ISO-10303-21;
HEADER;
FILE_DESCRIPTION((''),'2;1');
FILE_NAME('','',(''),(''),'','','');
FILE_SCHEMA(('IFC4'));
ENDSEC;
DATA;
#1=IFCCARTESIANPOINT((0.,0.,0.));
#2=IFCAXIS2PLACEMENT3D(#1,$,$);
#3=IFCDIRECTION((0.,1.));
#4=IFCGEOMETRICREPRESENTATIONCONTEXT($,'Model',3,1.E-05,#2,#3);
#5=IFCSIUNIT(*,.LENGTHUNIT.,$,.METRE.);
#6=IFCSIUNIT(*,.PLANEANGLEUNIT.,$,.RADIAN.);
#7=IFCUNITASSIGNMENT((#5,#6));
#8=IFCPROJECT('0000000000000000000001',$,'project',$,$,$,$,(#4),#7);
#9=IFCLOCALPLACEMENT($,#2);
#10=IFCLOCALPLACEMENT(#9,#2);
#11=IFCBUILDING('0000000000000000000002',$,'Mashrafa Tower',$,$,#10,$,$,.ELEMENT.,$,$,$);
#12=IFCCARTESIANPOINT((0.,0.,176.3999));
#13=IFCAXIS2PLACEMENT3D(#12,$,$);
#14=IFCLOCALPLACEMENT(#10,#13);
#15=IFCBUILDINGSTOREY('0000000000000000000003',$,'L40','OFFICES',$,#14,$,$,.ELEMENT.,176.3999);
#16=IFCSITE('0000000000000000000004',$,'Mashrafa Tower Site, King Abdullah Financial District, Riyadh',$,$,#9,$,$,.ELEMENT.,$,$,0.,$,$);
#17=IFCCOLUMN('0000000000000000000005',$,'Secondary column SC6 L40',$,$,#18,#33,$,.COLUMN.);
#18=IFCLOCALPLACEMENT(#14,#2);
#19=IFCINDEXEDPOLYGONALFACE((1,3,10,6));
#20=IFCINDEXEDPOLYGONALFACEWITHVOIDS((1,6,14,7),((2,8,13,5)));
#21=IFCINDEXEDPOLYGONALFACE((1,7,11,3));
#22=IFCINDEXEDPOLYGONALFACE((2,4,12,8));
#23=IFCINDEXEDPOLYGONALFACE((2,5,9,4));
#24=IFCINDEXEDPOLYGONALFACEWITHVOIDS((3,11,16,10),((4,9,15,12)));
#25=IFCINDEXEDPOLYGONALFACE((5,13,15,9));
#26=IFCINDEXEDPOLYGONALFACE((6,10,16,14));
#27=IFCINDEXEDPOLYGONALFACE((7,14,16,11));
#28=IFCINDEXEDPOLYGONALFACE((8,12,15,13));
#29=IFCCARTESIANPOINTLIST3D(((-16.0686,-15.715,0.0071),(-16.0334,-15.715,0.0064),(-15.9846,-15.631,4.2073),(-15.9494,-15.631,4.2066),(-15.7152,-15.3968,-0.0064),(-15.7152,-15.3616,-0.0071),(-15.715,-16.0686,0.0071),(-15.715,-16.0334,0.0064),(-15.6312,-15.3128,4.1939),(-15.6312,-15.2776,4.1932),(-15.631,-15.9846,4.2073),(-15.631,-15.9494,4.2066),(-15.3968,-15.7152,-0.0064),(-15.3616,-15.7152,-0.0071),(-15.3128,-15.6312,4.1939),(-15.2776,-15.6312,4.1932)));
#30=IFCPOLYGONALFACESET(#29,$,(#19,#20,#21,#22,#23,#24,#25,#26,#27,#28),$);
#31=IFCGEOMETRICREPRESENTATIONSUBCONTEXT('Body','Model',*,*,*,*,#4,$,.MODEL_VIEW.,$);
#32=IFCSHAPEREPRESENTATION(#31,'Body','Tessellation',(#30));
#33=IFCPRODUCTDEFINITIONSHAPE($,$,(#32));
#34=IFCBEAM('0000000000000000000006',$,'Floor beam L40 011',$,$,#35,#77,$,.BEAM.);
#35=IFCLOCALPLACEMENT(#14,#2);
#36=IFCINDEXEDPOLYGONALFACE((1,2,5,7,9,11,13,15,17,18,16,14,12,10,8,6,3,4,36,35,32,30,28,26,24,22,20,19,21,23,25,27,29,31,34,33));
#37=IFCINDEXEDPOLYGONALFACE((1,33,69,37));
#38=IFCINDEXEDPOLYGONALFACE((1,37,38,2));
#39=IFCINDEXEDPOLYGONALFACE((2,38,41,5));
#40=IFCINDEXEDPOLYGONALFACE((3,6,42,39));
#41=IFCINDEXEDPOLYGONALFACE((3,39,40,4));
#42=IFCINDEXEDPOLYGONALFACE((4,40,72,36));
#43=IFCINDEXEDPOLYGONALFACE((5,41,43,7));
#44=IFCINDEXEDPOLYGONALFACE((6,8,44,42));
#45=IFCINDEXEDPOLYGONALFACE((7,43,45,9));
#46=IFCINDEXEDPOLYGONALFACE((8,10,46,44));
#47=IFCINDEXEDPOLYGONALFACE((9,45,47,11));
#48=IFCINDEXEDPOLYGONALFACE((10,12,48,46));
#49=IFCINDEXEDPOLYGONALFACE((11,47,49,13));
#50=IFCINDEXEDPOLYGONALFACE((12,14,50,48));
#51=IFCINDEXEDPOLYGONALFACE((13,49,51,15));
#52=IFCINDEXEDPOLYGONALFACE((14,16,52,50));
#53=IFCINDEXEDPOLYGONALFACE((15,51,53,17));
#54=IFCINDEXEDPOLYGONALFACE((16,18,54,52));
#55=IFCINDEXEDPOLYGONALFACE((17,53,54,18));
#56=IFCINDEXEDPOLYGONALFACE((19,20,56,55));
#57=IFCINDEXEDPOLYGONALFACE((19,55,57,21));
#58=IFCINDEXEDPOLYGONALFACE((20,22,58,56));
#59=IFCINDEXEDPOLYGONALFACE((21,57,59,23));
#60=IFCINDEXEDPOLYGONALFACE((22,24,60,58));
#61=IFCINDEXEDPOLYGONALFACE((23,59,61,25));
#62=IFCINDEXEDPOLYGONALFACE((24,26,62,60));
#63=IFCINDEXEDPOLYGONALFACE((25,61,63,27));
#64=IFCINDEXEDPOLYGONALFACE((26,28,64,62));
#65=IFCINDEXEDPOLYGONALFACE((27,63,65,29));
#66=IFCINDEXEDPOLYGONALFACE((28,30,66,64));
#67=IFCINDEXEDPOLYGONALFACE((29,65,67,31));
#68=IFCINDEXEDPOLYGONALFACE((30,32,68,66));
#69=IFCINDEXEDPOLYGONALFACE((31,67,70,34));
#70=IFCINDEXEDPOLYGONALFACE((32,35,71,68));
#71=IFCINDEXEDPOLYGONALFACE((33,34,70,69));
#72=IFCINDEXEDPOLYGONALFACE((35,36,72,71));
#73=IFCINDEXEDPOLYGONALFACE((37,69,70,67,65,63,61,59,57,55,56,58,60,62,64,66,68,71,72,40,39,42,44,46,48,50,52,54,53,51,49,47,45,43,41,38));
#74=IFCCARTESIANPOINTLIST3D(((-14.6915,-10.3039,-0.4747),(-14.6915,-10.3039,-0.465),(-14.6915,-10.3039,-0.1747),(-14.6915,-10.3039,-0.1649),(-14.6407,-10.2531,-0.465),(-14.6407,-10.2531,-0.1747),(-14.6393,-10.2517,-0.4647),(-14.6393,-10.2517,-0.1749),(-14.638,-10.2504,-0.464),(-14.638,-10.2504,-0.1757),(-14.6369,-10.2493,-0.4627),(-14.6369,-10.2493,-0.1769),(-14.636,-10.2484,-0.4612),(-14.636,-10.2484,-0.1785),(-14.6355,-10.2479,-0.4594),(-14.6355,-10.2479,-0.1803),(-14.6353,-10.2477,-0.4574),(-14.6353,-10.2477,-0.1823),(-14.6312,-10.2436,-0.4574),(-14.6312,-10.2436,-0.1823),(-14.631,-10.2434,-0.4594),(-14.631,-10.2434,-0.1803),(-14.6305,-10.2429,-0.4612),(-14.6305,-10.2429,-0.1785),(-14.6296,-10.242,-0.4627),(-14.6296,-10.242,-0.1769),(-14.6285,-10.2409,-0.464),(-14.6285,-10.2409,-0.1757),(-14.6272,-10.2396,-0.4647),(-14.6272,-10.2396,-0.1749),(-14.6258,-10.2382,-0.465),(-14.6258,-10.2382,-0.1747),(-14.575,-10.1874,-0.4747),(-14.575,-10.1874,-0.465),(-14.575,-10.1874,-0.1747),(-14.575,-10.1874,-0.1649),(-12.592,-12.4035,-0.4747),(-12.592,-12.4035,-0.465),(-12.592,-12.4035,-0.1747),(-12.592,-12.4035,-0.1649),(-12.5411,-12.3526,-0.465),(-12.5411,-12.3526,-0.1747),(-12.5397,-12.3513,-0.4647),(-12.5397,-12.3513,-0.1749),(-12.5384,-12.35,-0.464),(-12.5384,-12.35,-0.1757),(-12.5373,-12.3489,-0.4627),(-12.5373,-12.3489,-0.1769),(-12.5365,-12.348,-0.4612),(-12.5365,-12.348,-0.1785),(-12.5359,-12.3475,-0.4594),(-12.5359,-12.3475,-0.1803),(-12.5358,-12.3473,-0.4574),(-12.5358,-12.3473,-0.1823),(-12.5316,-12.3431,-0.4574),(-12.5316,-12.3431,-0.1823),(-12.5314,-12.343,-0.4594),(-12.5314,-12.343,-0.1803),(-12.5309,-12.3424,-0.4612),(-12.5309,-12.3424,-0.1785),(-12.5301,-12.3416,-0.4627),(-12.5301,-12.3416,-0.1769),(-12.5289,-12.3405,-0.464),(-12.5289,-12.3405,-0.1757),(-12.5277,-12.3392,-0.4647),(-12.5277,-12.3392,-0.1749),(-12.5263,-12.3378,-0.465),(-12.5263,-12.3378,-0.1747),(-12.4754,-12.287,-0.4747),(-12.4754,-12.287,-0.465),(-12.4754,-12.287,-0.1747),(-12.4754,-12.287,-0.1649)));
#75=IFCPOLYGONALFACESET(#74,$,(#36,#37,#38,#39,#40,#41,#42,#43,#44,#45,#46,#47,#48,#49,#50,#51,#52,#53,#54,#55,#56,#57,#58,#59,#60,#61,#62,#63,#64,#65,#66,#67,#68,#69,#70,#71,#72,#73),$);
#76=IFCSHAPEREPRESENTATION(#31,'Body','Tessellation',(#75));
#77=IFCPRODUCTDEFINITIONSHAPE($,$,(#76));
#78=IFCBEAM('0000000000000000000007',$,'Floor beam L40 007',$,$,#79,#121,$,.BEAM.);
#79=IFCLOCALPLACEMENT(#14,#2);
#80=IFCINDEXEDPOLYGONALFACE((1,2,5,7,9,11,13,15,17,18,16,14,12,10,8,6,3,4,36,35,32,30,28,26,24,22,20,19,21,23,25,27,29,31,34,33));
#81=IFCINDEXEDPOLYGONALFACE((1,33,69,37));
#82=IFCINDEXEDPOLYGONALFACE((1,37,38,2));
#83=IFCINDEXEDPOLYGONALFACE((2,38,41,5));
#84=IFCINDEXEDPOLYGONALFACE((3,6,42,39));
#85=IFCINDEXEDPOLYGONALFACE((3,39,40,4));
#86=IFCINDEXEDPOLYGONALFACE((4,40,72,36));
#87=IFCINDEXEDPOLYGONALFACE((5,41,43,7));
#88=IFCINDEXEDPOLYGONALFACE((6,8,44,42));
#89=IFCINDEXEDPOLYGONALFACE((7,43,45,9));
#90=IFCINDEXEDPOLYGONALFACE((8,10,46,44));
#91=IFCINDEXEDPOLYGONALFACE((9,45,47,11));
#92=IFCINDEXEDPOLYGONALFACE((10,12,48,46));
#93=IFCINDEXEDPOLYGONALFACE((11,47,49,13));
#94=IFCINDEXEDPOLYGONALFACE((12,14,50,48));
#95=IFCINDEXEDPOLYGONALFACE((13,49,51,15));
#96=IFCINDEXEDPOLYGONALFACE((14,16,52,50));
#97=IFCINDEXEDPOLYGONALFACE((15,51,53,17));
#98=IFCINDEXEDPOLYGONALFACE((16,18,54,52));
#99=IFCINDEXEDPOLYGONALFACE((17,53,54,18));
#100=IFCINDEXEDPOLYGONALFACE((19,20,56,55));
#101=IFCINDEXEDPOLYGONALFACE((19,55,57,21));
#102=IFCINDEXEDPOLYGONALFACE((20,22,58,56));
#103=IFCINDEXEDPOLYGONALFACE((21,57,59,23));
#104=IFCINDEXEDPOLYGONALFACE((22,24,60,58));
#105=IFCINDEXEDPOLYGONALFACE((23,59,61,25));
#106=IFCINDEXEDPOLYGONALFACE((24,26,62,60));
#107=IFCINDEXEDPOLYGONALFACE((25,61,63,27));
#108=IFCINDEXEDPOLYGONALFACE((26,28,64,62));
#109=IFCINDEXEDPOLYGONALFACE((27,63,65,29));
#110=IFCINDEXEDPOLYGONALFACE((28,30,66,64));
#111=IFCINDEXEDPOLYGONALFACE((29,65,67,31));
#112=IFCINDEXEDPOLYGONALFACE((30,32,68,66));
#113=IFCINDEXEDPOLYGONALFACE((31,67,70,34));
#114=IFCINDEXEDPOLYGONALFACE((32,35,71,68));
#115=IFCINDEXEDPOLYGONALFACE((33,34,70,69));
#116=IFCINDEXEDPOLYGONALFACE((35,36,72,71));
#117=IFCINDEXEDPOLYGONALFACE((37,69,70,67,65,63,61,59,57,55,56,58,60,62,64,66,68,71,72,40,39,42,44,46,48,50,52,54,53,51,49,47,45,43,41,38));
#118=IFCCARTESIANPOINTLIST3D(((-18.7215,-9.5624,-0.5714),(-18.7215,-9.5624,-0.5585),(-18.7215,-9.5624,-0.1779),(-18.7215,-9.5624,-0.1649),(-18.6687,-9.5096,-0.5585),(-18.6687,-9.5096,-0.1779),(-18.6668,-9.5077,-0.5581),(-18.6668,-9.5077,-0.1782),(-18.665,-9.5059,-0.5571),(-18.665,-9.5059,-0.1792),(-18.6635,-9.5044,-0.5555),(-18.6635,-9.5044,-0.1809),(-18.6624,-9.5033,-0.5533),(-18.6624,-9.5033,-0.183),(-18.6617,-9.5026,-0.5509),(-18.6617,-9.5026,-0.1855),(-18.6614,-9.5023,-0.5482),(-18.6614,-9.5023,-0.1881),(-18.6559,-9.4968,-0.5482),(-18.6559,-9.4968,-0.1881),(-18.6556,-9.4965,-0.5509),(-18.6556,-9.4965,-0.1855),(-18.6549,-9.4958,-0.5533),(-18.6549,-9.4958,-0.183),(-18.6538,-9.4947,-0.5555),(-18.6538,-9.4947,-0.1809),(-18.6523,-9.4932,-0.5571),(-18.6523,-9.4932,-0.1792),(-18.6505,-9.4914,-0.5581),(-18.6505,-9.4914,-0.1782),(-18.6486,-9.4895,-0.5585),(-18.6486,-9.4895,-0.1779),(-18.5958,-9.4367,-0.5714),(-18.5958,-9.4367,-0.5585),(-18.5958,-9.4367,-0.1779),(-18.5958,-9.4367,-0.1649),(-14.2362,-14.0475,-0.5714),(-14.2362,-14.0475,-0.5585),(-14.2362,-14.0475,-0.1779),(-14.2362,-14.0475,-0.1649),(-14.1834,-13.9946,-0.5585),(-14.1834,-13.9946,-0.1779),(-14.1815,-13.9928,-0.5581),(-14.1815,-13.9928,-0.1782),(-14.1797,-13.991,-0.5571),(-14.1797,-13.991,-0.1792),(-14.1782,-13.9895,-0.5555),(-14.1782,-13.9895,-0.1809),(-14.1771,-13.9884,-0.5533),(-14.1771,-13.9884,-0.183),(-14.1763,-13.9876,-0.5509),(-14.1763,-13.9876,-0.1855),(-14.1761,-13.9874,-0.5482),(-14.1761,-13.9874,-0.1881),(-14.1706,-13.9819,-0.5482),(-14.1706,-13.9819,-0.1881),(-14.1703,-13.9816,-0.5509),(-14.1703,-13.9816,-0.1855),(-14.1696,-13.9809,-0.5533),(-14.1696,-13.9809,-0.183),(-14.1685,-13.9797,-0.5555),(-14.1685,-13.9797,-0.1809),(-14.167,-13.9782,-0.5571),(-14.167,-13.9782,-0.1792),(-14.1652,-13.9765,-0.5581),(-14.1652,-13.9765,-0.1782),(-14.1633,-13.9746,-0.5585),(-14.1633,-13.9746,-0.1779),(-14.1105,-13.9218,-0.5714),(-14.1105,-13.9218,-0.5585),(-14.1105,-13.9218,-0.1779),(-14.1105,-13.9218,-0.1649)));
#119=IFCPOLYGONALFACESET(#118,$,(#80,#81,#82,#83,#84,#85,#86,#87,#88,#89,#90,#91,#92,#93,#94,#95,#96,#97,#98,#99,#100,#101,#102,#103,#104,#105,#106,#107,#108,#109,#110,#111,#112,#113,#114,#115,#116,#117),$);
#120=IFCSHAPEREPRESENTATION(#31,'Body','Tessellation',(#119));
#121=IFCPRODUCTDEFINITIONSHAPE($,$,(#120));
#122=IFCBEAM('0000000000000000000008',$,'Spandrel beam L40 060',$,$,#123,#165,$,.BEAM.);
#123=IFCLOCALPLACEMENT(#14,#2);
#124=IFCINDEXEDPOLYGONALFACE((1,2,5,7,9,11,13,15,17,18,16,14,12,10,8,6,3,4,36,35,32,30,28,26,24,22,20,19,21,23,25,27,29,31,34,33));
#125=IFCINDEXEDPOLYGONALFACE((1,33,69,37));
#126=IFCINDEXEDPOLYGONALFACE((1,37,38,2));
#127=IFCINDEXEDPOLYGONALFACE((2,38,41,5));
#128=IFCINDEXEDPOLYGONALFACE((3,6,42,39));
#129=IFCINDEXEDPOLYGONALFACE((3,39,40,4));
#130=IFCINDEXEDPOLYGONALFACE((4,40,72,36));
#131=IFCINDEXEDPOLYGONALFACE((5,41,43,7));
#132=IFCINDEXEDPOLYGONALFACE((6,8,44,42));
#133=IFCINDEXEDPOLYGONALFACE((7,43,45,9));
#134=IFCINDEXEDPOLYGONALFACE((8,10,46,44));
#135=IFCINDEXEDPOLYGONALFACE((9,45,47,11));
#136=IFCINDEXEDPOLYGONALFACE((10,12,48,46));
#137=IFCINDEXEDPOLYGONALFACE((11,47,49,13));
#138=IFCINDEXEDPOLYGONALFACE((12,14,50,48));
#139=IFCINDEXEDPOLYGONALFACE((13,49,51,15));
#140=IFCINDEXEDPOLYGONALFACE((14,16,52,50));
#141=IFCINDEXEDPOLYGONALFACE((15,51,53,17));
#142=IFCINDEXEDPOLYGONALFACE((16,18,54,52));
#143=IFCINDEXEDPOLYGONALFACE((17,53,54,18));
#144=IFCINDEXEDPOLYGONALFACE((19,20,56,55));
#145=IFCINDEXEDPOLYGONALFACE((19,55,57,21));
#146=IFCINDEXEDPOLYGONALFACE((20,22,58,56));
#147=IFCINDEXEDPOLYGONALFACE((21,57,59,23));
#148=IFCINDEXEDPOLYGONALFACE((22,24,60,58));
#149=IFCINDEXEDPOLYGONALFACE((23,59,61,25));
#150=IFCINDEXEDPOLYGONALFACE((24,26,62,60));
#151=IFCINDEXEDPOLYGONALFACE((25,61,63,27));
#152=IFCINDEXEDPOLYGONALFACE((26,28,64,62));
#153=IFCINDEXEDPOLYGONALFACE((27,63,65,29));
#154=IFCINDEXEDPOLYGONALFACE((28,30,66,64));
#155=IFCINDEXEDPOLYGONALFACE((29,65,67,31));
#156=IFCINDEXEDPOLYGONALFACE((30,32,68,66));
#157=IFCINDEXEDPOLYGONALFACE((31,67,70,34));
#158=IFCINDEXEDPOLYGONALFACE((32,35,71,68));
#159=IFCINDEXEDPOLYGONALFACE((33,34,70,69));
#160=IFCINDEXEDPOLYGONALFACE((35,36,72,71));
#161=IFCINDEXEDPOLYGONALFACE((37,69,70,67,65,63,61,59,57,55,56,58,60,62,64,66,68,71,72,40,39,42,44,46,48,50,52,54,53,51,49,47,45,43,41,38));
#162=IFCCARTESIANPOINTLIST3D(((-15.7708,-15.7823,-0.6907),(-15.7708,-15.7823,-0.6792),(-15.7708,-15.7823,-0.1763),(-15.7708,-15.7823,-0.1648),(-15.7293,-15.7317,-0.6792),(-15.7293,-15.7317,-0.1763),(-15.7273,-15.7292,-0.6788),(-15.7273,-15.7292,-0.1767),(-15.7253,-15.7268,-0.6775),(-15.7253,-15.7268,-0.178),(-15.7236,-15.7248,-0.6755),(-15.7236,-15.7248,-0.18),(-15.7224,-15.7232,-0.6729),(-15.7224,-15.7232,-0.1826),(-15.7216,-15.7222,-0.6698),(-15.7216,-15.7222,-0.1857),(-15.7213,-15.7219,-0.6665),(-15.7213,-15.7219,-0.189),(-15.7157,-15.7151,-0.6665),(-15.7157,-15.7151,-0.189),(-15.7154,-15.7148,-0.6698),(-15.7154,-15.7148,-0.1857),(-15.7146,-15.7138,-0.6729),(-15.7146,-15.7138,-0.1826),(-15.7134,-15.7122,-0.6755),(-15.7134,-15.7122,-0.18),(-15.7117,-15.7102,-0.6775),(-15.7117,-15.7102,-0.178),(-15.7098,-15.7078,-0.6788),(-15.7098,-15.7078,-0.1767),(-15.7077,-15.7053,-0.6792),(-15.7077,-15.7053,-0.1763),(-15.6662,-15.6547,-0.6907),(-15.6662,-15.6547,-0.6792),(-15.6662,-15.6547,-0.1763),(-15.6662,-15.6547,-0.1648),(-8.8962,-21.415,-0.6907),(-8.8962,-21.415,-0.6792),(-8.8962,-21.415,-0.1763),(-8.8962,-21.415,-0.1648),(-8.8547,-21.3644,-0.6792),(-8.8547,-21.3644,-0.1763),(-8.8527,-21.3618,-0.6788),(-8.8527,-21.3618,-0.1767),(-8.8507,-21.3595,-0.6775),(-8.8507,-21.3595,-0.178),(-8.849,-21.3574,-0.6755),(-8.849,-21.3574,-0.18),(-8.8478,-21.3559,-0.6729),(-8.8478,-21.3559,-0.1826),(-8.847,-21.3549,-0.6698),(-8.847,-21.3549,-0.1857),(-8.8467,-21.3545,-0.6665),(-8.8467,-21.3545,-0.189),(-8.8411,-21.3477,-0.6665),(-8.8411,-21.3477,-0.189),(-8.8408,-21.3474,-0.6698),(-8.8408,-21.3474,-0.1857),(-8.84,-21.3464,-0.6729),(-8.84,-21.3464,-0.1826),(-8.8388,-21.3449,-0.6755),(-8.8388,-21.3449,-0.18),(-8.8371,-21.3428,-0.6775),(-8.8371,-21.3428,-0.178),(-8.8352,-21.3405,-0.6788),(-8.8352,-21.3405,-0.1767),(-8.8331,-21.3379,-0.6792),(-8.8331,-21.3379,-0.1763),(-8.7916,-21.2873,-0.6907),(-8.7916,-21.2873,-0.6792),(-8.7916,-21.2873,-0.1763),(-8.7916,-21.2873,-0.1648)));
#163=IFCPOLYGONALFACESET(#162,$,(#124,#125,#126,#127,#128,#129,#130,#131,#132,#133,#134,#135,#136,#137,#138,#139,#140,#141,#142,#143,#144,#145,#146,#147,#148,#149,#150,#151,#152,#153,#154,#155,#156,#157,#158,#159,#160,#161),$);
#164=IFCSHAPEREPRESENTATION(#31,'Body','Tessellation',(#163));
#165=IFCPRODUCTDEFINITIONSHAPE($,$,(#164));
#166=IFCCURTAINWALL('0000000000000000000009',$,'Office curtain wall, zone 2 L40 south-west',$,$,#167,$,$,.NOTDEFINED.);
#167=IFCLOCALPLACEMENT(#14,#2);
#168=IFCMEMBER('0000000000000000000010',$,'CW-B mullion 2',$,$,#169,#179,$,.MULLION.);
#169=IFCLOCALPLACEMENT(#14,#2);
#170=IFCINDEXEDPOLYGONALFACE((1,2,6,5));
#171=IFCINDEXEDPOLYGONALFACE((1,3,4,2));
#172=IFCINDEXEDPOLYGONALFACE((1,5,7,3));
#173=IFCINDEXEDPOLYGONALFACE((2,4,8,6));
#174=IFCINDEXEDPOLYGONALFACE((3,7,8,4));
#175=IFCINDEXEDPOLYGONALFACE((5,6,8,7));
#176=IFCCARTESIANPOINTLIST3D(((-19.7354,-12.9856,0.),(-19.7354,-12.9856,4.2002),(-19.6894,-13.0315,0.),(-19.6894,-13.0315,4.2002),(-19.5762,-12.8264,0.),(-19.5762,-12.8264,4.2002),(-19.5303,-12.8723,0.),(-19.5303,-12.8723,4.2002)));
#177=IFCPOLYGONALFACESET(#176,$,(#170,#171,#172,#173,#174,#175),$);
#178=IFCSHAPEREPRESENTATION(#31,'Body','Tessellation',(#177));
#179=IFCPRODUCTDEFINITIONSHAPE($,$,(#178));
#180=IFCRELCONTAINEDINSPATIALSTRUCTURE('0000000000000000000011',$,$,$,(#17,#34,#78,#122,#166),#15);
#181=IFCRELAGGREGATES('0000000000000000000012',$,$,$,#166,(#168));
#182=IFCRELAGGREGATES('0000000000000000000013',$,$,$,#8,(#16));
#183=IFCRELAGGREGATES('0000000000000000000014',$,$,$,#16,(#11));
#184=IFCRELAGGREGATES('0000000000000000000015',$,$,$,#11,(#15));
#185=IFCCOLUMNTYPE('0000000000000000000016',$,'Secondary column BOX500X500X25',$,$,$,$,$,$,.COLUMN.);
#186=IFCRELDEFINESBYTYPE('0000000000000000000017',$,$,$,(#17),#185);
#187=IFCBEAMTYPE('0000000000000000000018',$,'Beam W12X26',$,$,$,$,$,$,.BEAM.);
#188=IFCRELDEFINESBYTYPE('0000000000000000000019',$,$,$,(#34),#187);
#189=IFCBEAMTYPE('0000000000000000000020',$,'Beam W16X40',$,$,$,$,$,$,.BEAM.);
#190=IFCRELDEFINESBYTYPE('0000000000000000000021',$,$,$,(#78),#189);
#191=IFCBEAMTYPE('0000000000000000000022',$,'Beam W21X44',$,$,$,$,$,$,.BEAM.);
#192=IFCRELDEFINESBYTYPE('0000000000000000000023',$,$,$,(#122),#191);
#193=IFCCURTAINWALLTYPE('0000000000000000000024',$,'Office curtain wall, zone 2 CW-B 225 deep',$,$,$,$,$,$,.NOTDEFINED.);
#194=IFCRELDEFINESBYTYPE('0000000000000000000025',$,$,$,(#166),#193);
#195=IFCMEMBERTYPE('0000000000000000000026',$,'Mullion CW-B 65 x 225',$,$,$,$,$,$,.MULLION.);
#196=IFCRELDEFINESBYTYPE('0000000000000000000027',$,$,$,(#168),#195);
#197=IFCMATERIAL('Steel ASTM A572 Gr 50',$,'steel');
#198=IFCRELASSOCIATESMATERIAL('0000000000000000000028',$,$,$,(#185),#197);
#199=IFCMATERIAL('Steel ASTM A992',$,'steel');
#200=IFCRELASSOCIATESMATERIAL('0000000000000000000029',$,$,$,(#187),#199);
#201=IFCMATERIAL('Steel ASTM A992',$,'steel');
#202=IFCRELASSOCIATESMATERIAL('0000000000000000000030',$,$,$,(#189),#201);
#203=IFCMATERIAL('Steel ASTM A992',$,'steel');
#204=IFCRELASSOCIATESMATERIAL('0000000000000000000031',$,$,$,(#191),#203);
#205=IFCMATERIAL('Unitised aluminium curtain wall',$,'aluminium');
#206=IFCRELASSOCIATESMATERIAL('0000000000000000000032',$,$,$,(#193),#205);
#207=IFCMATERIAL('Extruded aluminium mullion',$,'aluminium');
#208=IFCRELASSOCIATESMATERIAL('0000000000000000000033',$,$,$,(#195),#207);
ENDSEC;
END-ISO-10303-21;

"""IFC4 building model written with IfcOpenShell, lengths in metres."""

from ifc_helpers import new_model, si_unit, direction, frame, origin, origin_2d, place, context, subcontext, project, spatial, rectangle, hollow_rectangle, i_section, extrude, source, transform, mapped, material, material_profile, profile_set, type_object, type_shapes, element, aggregate, save


model = new_model("IFC4")

# Units and contexts
model_context = context("Model", 3, precision=1e-05, world=origin(), true_north=direction((0.0, 1.0)))
body_context = subcontext(model_context, "Body", "Model", "MODEL_VIEW")
ifc_project = project(units=[si_unit("LENGTHUNIT", "METRE"), si_unit("PLANEANGLEUNIT", "RADIAN")], contexts=[model_context])

# Site, building, storey
site_placement = place(None, origin())
site = spatial("IfcSite", under=ifc_project, at=site_placement, Name="Mashrafa Tower Site, King Abdullah Financial District, Riyadh", CompositionType="ELEMENT", RefElevation=0.0)
building_placement = place(site_placement, origin())
building = spatial("IfcBuilding", under=site, at=building_placement, Name="Mashrafa Tower", CompositionType="ELEMENT")
storey_placement = place(building_placement, frame((0.0, 0.0, 176.3999)))
storey = spatial("IfcBuildingStorey", under=building, at=storey_placement, Name="L40", Description="OFFICES", CompositionType="ELEMENT", Elevation=176.3999)

# Column
ifc_material_1 = material(Name="Steel ASTM A572 Gr 50", Category="steel")
ifc_material_profile_1 = material_profile(ifc_material_1, hollow_rectangle(XDim=0.5, YDim=0.5, WallThickness=0.0249, at=origin_2d()), Name="BOX500X500X25")
ifc_profile_set_1 = profile_set([ifc_material_profile_1], Name="Steel ASTM A572 Gr 50")
column_type = type_object("IfcColumnType", Name="Secondary column BOX500X500X25", PredefinedType="COLUMN", material=ifc_profile_set_1)
column_placement = place(storey_placement, frame((-15.7151, -15.7151, 0.0), z_axis=(0.019987, 0.019987, 0.9996), x_axis=(-0.707107, 0.707107, 0.0)))
element("IfcColumn", 1, at=column_placement, inside=storey, type_object=column_type, Name="Secondary column SC6 L40", PredefinedType="COLUMN", context=body_context, shape_type="SweptSolid", body=[
    extrude(hollow_rectangle(XDim=0.5, YDim=0.5, WallThickness=0.0249, at=origin_2d()), origin(), (0.0, 0.0, 1.0), 4.2019),
])

# Beams
ifc_material_2 = material(Name="Steel ASTM A992", Category="steel")
ifc_material_profile_2 = material_profile(ifc_material_2, i_section(OverallWidth=0.1648, OverallDepth=0.3098, WebThickness=0.0059, FlangeThickness=0.0098, FilletRadius=0.0076, at=origin_2d()), Name="W12X26")
ifc_profile_set_2 = profile_set([ifc_material_profile_2], Name="Steel ASTM A992")
beam_type_1 = type_object("IfcBeamType", Name="Beam W12X26", PredefinedType="BEAM", material=ifc_profile_set_2)
beam_1_placement = place(storey_placement, frame((-12.5337, -12.3452, -0.3198), z_axis=(-0.707107, 0.707107, 0.0), x_axis=(-0.707107, -0.707107, 0.0)))
element("IfcBeam", 2, at=beam_1_placement, inside=storey, type_object=beam_type_1, Name="Floor beam L40 011", PredefinedType="BEAM", context=body_context, shape_type="SweptSolid", body=[
    extrude(i_section(OverallWidth=0.1648, OverallDepth=0.3098, WebThickness=0.0059, FlangeThickness=0.0098, FilletRadius=0.0076, at=origin_2d()), origin(), (0.0, 0.0, 1.0), 2.9692),
])
ifc_material_3 = material(Name="Steel ASTM A992", Category="steel")
ifc_material_profile_3 = material_profile(ifc_material_3, i_section(OverallWidth=0.1777, OverallDepth=0.4065, WebThickness=0.0078, FlangeThickness=0.0129, FilletRadius=0.0103, at=origin_2d()), Name="W16X40")
ifc_profile_set_3 = profile_set([ifc_material_profile_3], Name="Steel ASTM A992")
beam_type_2 = type_object("IfcBeamType", Name="Beam W16X40", PredefinedType="BEAM", material=ifc_profile_set_3)
beam_2_placement = place(storey_placement, frame((-14.1733, -13.9846, -0.3682), z_axis=(-0.707126, 0.707088, 0.0), x_axis=(-0.707088, -0.707126, 0.0)))
element("IfcBeam", 3, at=beam_2_placement, inside=storey, type_object=beam_type_2, Name="Floor beam L40 007", PredefinedType="BEAM", context=body_context, shape_type="SweptSolid", body=[
    extrude(i_section(OverallWidth=0.1777, OverallDepth=0.4065, WebThickness=0.0078, FlangeThickness=0.0129, FilletRadius=0.0103, at=origin_2d()), origin(), (0.0, 0.0, 1.0), 6.343),
])
ifc_material_4 = material(Name="Steel ASTM A992", Category="steel")
ifc_material_profile_4 = material_profile(ifc_material_4, i_section(OverallWidth=0.165, OverallDepth=0.5259, WebThickness=0.0088, FlangeThickness=0.0115, FilletRadius=0.0127, at=origin_2d()), Name="W21X44")
ifc_profile_set_4 = profile_set([ifc_material_profile_4], Name="Steel ASTM A992")
beam_type_3 = type_object("IfcBeamType", Name="Beam W21X44", PredefinedType="BEAM", material=ifc_profile_set_4)
beam_3_placement = place(storey_placement, frame((-15.7185, -15.7185, -0.4277), z_axis=(0.773518, -0.633775, 0.0), x_axis=(0.633775, 0.773518, 0.0)))
element("IfcBeam", 4, at=beam_3_placement, inside=storey, type_object=beam_type_3, Name="Spandrel beam L40 060", PredefinedType="BEAM", context=body_context, shape_type="SweptSolid", body=[
    extrude(i_section(OverallWidth=0.165, OverallDepth=0.5259, WebThickness=0.0088, FlangeThickness=0.0115, FilletRadius=0.0127, at=origin_2d()), origin(), (0.0, 0.0, 1.0), 8.8875),
])

# Curtain wall, member
ifc_material_5 = material(Name="Unitised aluminium curtain wall", Category="aluminium")
curtain_wall_type = type_object("IfcCurtainWallType", Name="Office curtain wall, zone 2 CW-B 225 deep", PredefinedType="NOTDEFINED", material=ifc_material_5)
curtain_wall_placement = place(storey_placement, origin())
curtain_wall = element("IfcCurtainWall", 5, at=curtain_wall_placement, inside=storey, type_object=curtain_wall_type, Name="Office curtain wall, zone 2 L40 south-west", PredefinedType="NOTDEFINED")
ifc_material_6 = material(Name="Extruded aluminium mullion", Category="aluminium")
ifc_material_profile_5 = material_profile(ifc_material_6, rectangle(XDim=0.2251, YDim=0.0649, at=origin_2d()), Name="Mullion 65x225")
ifc_profile_set_5 = profile_set([ifc_material_profile_5], Name="Extruded aluminium mullion")
member_type_1 = type_object("IfcMemberType", Name="Mullion CW-B 65 x 225", PredefinedType="MULLION", material=ifc_profile_set_5)
shared_shape_1 = source(origin(), body_context, "Body", "SweptSolid", [
    extrude(rectangle(XDim=0.2251, YDim=0.0649, at=origin_2d()), origin(), (0.0, 0.0, 1.0), 4.2002),
])
type_shapes(member_type_1, [shared_shape_1])
member_1_placement = place(storey_placement, frame((-19.6328, -12.929, 0.0), z_axis=(0.0, 0.0, 1.0), x_axis=(0.707107, 0.707107, 0.0)))
member_1 = element("IfcMember", 6, at=member_1_placement, type_object=member_type_1, Name="CW-B mullion 2", PredefinedType="MULLION", context=body_context, shape_type="MappedRepresentation", body=[
    mapped(shared_shape_1, transform((0.0, 0.0, 0.0))),
])
aggregate(curtain_wall, [member_1])

save(model, "model.ifc")
